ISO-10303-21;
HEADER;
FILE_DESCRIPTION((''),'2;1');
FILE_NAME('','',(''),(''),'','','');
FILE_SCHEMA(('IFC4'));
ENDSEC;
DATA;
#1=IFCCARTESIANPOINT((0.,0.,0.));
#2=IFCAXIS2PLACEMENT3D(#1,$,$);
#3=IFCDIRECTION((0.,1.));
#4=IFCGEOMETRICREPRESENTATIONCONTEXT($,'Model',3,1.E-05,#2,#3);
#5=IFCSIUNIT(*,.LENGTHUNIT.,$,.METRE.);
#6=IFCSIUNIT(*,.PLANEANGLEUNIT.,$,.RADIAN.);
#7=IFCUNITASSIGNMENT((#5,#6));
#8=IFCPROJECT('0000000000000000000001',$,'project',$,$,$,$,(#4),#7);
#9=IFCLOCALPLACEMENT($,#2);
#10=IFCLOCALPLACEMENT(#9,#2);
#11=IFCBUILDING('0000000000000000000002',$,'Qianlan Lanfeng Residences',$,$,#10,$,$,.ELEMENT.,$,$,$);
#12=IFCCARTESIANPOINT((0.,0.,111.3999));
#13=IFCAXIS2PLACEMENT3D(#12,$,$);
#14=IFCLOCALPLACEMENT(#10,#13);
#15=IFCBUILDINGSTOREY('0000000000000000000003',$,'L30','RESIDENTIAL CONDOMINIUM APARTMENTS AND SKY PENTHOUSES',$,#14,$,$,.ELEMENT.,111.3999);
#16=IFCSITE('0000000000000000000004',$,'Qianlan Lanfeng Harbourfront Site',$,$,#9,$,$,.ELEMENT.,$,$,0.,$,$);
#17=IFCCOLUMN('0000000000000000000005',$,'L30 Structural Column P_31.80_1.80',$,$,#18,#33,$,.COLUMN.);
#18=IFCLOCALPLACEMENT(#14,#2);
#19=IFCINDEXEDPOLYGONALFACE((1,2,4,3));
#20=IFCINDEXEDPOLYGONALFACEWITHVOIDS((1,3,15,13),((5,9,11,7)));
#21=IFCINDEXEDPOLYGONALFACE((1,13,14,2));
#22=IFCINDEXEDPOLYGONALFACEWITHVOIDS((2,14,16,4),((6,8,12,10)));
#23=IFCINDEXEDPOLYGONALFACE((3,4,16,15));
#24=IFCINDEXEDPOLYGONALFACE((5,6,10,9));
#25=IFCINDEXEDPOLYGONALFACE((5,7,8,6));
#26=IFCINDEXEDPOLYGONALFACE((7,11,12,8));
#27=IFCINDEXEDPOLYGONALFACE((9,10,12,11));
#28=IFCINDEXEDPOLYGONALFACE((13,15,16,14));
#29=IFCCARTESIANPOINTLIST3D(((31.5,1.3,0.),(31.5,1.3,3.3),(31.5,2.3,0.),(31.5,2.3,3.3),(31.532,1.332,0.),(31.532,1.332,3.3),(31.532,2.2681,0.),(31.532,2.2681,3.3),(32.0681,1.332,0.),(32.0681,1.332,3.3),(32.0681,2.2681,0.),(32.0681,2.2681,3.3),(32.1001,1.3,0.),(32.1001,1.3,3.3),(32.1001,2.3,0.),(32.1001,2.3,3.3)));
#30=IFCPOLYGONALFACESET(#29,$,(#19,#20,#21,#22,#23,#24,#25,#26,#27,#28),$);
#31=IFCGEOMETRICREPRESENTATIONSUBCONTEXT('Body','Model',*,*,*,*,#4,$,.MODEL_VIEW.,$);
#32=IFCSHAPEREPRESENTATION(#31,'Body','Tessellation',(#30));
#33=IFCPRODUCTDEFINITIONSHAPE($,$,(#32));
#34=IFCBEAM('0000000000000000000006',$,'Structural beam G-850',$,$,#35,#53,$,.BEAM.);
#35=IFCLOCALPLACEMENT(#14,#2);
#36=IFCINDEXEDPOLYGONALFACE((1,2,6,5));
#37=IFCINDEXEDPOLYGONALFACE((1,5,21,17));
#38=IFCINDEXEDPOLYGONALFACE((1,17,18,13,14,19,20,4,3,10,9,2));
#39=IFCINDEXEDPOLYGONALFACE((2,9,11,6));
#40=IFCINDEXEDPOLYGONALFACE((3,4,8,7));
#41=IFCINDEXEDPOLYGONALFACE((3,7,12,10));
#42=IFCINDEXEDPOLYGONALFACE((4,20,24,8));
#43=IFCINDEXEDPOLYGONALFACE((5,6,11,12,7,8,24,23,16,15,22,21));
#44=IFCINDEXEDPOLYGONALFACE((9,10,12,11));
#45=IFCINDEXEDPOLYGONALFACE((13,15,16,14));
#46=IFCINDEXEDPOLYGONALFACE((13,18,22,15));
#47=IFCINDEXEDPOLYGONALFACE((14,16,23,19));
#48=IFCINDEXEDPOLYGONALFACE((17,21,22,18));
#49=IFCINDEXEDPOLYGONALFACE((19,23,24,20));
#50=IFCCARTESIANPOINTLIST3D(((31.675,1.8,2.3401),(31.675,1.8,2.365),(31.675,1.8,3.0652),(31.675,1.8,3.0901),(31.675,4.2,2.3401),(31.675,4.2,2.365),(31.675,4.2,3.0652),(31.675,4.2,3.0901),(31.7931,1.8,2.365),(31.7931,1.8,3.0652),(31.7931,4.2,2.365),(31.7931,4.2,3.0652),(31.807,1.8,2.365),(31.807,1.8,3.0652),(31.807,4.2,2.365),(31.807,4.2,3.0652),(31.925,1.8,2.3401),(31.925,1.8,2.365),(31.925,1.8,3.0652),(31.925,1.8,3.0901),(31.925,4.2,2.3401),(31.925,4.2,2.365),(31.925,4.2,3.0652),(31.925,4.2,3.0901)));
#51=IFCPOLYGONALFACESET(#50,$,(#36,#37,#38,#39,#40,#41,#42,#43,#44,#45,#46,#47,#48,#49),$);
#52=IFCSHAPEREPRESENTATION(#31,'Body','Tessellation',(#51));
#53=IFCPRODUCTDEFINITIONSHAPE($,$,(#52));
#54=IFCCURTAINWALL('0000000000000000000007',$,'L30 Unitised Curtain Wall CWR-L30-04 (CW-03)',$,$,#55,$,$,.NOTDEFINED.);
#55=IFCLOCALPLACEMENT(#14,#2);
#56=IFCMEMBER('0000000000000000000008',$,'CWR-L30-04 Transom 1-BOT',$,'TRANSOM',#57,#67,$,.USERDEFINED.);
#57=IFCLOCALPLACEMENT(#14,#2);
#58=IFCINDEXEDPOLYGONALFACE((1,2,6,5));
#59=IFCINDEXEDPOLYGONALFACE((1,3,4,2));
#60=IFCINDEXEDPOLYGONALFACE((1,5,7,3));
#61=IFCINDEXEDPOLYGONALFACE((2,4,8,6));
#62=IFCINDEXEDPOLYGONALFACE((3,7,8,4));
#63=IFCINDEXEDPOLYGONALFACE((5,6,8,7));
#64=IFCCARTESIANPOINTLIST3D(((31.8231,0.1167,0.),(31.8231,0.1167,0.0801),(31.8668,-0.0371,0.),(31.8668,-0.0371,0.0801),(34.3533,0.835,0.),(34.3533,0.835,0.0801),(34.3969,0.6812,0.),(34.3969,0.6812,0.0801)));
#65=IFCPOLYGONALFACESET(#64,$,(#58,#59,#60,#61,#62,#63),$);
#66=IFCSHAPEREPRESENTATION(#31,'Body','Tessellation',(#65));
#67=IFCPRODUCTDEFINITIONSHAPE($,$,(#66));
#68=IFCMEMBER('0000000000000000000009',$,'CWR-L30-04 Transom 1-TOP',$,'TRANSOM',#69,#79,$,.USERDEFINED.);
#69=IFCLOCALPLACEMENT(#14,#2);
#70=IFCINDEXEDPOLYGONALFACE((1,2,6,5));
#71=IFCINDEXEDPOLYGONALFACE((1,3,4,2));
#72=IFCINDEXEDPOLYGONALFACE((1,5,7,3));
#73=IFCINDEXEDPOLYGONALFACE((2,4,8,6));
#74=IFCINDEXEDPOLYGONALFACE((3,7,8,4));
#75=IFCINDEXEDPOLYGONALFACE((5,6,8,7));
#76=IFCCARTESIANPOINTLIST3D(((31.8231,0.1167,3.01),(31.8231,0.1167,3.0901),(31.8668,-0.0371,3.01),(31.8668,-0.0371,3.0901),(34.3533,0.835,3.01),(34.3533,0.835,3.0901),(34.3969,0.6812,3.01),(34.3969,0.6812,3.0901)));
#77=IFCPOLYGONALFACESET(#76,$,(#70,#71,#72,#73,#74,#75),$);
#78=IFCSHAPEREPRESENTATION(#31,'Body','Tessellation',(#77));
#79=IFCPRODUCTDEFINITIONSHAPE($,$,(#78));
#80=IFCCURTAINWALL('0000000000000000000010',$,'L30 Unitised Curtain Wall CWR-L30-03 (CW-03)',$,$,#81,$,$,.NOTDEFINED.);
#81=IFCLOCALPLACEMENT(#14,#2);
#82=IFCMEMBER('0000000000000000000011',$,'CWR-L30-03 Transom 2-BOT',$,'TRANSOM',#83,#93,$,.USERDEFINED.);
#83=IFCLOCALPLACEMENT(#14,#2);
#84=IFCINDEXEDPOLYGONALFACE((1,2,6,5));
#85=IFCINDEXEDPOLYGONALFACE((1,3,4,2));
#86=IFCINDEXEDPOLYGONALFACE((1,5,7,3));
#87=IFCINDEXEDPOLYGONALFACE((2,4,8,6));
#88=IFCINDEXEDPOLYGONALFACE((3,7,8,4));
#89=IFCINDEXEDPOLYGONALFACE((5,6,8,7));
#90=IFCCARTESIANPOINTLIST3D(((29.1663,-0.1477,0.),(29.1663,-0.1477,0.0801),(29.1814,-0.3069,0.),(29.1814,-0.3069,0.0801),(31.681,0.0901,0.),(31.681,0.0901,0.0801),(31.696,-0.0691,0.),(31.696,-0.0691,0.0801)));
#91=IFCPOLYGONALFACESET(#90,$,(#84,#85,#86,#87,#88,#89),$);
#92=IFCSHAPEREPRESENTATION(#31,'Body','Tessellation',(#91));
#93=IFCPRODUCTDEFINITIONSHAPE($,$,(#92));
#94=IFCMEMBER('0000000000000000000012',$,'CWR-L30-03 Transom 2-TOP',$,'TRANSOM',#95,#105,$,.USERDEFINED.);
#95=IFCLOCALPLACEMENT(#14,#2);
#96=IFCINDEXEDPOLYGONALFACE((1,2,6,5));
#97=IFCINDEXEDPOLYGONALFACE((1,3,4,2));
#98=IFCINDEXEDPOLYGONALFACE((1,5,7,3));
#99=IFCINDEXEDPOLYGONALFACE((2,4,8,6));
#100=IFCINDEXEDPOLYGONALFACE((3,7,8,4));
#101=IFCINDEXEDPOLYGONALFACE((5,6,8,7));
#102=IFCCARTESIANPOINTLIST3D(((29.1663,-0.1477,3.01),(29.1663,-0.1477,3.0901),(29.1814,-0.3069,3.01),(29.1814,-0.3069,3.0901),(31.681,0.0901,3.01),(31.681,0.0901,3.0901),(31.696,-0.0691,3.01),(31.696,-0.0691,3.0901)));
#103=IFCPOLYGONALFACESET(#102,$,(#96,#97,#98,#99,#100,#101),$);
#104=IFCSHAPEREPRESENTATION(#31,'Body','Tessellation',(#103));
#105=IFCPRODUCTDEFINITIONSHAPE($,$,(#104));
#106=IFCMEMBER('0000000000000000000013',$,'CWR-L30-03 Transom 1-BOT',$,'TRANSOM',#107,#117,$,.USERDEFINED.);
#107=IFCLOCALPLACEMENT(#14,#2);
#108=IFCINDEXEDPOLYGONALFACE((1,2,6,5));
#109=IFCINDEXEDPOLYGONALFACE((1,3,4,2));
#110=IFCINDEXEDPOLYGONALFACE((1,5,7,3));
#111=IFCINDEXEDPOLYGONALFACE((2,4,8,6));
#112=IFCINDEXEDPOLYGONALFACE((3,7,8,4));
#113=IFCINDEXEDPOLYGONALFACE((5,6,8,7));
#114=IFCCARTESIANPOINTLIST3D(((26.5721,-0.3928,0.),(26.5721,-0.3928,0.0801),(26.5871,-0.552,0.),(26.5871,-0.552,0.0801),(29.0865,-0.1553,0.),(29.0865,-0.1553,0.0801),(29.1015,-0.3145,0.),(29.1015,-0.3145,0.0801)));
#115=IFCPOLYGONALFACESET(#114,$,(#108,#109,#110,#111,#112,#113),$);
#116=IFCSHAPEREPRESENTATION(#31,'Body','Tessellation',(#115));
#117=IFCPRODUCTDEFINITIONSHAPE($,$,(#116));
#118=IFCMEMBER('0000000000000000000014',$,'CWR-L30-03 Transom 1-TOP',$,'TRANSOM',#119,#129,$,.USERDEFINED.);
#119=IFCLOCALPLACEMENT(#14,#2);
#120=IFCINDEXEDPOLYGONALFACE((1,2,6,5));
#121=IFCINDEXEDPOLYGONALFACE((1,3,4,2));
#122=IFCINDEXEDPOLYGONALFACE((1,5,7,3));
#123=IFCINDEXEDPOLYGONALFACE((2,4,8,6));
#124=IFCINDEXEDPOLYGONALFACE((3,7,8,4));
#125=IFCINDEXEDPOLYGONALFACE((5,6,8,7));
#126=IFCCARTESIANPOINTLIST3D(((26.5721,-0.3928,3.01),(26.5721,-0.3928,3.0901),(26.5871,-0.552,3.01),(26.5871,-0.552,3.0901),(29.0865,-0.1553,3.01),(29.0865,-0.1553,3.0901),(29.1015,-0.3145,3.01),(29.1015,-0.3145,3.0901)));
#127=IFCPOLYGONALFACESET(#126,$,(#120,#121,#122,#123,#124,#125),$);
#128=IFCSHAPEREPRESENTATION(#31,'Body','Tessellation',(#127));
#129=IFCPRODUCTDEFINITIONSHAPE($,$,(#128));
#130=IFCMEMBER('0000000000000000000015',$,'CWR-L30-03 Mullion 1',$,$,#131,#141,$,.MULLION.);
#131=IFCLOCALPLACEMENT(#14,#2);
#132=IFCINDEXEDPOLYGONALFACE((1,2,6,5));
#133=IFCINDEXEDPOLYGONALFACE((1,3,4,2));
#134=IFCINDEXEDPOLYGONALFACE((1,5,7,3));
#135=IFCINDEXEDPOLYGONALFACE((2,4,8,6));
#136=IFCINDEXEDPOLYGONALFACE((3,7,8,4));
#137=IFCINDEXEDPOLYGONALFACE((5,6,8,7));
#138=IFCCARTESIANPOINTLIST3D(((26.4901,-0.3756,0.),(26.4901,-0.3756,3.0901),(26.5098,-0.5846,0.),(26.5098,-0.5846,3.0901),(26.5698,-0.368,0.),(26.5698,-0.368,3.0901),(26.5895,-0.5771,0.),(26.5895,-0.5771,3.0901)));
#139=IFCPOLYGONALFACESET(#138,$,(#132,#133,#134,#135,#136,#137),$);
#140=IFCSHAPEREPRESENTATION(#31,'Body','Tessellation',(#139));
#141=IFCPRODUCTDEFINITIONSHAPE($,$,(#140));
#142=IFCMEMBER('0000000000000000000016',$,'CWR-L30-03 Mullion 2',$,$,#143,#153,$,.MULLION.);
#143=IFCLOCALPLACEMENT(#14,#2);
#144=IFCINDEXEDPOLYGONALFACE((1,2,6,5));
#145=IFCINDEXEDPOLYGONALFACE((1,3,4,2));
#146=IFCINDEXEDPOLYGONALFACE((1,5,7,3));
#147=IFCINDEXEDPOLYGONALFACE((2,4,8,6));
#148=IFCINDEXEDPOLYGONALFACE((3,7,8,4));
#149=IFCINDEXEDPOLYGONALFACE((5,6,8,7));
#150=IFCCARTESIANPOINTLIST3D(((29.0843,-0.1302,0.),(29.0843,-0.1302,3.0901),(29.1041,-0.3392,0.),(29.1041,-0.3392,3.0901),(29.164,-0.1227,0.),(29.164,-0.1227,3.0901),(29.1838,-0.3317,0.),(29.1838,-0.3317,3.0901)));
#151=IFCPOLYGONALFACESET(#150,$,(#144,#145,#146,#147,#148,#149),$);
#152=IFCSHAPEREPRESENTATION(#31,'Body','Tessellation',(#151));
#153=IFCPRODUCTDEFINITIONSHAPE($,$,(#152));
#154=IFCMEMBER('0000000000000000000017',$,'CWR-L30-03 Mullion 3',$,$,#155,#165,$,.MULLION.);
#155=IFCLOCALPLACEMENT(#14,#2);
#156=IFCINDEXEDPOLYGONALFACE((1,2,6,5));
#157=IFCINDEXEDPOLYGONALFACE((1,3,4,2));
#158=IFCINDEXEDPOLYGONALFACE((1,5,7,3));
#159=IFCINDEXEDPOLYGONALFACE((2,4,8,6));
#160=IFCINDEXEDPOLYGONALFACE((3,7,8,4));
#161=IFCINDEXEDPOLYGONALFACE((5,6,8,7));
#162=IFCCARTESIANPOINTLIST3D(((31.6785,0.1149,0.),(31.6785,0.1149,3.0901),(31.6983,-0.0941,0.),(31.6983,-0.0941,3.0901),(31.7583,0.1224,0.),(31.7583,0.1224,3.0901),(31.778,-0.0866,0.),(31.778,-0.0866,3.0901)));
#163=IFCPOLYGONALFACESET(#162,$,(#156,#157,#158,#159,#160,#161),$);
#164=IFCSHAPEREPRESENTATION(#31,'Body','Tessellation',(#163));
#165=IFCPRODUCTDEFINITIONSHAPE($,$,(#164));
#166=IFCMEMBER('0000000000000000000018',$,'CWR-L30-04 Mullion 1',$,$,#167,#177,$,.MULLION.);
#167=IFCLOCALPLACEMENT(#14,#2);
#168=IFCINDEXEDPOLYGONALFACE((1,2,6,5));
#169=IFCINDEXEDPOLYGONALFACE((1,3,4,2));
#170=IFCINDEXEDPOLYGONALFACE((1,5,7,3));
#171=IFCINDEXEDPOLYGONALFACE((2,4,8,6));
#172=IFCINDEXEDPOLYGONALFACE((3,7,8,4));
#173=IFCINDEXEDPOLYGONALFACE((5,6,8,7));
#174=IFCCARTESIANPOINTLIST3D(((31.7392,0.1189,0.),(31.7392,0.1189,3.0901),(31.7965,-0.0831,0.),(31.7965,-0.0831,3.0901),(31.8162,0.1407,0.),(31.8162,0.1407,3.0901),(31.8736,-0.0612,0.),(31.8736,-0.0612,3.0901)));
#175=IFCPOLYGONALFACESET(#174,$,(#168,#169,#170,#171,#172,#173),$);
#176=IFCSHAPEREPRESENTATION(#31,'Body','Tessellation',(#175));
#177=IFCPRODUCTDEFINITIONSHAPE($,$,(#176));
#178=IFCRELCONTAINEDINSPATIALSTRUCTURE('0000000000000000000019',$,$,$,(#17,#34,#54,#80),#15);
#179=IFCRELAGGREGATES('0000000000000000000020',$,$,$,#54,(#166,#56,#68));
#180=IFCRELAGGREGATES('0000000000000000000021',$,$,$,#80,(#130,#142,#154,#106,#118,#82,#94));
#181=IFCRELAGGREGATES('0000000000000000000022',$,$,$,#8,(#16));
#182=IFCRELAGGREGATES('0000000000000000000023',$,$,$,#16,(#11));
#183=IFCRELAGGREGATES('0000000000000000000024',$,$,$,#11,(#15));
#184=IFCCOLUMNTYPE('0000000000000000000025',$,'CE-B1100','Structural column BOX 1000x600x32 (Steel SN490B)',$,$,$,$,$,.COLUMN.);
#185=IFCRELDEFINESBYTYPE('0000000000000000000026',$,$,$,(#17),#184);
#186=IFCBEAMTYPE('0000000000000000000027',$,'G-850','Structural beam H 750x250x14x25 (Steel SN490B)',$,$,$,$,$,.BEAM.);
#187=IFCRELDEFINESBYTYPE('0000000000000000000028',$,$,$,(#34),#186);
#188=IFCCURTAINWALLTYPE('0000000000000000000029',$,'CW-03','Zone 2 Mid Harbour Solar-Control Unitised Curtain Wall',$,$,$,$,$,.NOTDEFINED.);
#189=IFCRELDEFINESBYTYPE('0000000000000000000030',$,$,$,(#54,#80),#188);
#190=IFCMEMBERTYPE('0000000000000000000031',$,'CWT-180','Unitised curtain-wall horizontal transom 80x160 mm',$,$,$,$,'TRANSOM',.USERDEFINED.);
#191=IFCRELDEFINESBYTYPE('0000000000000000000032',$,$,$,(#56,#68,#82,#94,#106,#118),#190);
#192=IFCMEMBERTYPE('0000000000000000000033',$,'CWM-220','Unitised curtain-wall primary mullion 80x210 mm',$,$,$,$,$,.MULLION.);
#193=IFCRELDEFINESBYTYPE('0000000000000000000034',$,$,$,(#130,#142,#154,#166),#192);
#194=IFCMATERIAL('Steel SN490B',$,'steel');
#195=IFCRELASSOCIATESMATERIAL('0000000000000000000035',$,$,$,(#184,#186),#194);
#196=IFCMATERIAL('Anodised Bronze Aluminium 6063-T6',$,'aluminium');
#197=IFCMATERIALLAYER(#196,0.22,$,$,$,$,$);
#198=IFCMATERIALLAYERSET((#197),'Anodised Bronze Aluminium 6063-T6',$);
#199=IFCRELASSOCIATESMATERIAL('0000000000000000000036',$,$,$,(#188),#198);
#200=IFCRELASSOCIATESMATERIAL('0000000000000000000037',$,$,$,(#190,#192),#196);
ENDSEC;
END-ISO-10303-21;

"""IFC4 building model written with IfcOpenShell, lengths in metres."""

from ifc_helpers import new_model, si_unit, direction, frame, origin, origin_2d, place, context, subcontext, project, spatial, rectangle, hollow_rectangle, i_section, extrude, source, transform, mapped, material, layer, layer_set, material_profile, profile_set, type_object, element, aggregate, save


model = new_model("IFC4")

# Units and contexts
model_context = context("Model", 3, precision=1e-05, world=origin(), true_north=direction((0.0, 1.0)))
body_context = subcontext(model_context, "Body", "Model", "MODEL_VIEW")
ifc_project = project(units=[si_unit("LENGTHUNIT", "METRE"), si_unit("PLANEANGLEUNIT", "RADIAN")], contexts=[model_context])

# Site, building, storey
site_placement = place(None, origin())
site = spatial("IfcSite", under=ifc_project, at=site_placement, Name="Qianlan Lanfeng Harbourfront Site", CompositionType="ELEMENT", RefElevation=0.0)
building_placement = place(site_placement, origin())
building = spatial("IfcBuilding", under=site, at=building_placement, Name="Qianlan Lanfeng Residences", CompositionType="ELEMENT")
storey_placement = place(building_placement, frame((0.0, 0.0, 111.3999)))
storey = spatial("IfcBuildingStorey", under=building, at=storey_placement, Name="L30", Description="RESIDENTIAL CONDOMINIUM APARTMENTS AND SKY PENTHOUSES", CompositionType="ELEMENT", Elevation=111.3999)

# Column
ifc_material_1 = material(Name="Steel SN490B", Category="steel")
ifc_material_profile_1 = material_profile(ifc_material_1, hollow_rectangle(XDim=0.6001, YDim=1.0, WallThickness=0.032, at=origin_2d()), Name="BOX 1000x600x32")
ifc_profile_set_1 = profile_set([ifc_material_profile_1], Name="Steel SN490B")
column_type = type_object("IfcColumnType", Name="CE-B1100", Description="Structural column BOX 1000x600x32 (Steel SN490B)", PredefinedType="COLUMN", material=ifc_profile_set_1)
column_placement = place(storey_placement, frame((31.8, 1.8, 0.0), z_axis=(0.0, 0.0, 1.0), x_axis=(1.0, 0.0, 0.0)))
element("IfcColumn", 1, at=column_placement, inside=storey, type_object=column_type, Name="L30 Structural Column P_31.80_1.80", PredefinedType="COLUMN", context=body_context, shape_type="SweptSolid", body=[
    extrude(hollow_rectangle(XDim=0.6001, YDim=1.0, WallThickness=0.032, at=origin_2d()), origin(), (0.0, 0.0, 1.0), 3.3),
])

# Beam
ifc_material_profile_2 = material_profile(ifc_material_1, i_section(OverallWidth=0.25, OverallDepth=0.75, WebThickness=0.0139, FlangeThickness=0.0249, at=origin_2d()), Name="H 750x250x14x25")
ifc_profile_set_2 = profile_set([ifc_material_profile_2], Name="Steel SN490B")
beam_type = type_object("IfcBeamType", Name="G-850", Description="Structural beam H 750x250x14x25 (Steel SN490B)", PredefinedType="BEAM", material=ifc_profile_set_2)
beam_placement = place(storey_placement, frame((31.8, 1.8, 2.7151), z_axis=(0.0, 1.0, 0.0), x_axis=(-1.0, 0.0, 0.0)))
element("IfcBeam", 2, at=beam_placement, inside=storey, type_object=beam_type, Name="Structural beam G-850", PredefinedType="BEAM", context=body_context, shape_type="SweptSolid", body=[
    extrude(i_section(OverallWidth=0.25, OverallDepth=0.75, WebThickness=0.0139, FlangeThickness=0.0249, at=origin_2d()), origin(), (0.0, 0.0, 1.0), 2.3999),
])

# Curtain walls, members
ifc_material_2 = material(Name="Anodised Bronze Aluminium 6063-T6", Category="aluminium")
ifc_layer_1 = layer(ifc_material_2, 0.22)
ifc_layer_set_1 = layer_set([ifc_layer_1], Name="Anodised Bronze Aluminium 6063-T6")
curtain_wall_type = type_object("IfcCurtainWallType", Name="CW-03", Description="Zone 2 Mid Harbour Solar-Control Unitised Curtain Wall", PredefinedType="NOTDEFINED", material=ifc_layer_set_1)
curtain_wall_1_placement = place(storey_placement, origin())
curtain_wall_1 = element("IfcCurtainWall", 3, at=curtain_wall_1_placement, inside=storey, type_object=curtain_wall_type, Name="L30 Unitised Curtain Wall CWR-L30-04 (CW-03)", PredefinedType="NOTDEFINED")
ifc_material_profile_3 = material_profile(ifc_material_2, rectangle(XDim=0.0801, YDim=0.1599, at=origin_2d()), Name="ALU TRANSOM 80x160")
ifc_profile_set_3 = profile_set([ifc_material_profile_3], Name="Anodised Bronze Aluminium 6063-T6")
member_type_1 = type_object("IfcMemberType", Name="CWT-180", Description="Unitised curtain-wall horizontal transom 80x160 mm", ElementType="TRANSOM", PredefinedType="USERDEFINED", material=ifc_profile_set_3)
shared_shape_1 = source(origin(), body_context, "Body", "SweptSolid", [
    extrude(rectangle(XDim=0.0801, YDim=0.1599, at=origin_2d()), origin(), (0.0, 0.0, 1.0), 2.6301),
])
member_1_placement = place(storey_placement, frame((31.845, 0.0398, 0.04), z_axis=(0.961985, 0.273102, 0.0), x_axis=(0.0, 0.0, 1.0)))
member_1 = element("IfcMember", 4, at=member_1_placement, type_object=member_type_1, Name="CWR-L30-04 Transom 1-BOT", ObjectType="TRANSOM", PredefinedType="USERDEFINED", context=body_context, shape_type="MappedRepresentation", body=[
    mapped(shared_shape_1, transform((0.0, 0.0, 0.0), scale=1.0)),
])
member_2_placement = place(storey_placement, frame((31.845, 0.0398, 3.05), z_axis=(0.961985, 0.273102, 0.0), x_axis=(0.0, 0.0, 1.0)))
member_2 = element("IfcMember", 5, at=member_2_placement, type_object=member_type_1, Name="CWR-L30-04 Transom 1-TOP", ObjectType="TRANSOM", PredefinedType="USERDEFINED", context=body_context, shape_type="MappedRepresentation", body=[
    mapped(shared_shape_1, transform((0.0, 0.0, 0.0), scale=1.0)),
])
curtain_wall_2_placement = place(storey_placement, origin())
curtain_wall_2 = element("IfcCurtainWall", 6, at=curtain_wall_2_placement, inside=storey, type_object=curtain_wall_type, Name="L30 Unitised Curtain Wall CWR-L30-03 (CW-03)", PredefinedType="NOTDEFINED")
shared_shape_2 = source(origin(), body_context, "Body", "SweptSolid", [
    extrude(rectangle(XDim=0.0801, YDim=0.1599, at=origin_2d()), origin(), (0.0, 0.0, 1.0), 2.5259),
])
member_3_placement = place(storey_placement, frame((29.1738, -0.2273, 0.04), z_axis=(0.995559, 0.094143, 0.0), x_axis=(0.0, 0.0, 1.0)))
member_3 = element("IfcMember", 7, at=member_3_placement, type_object=member_type_1, Name="CWR-L30-03 Transom 2-BOT", ObjectType="TRANSOM", PredefinedType="USERDEFINED", context=body_context, shape_type="MappedRepresentation", body=[
    mapped(shared_shape_2, transform((0.0, 0.0, 0.0), scale=1.0)),
])
member_4_placement = place(storey_placement, frame((29.1738, -0.2273, 3.05), z_axis=(0.995559, 0.094143, 0.0), x_axis=(0.0, 0.0, 1.0)))
member_4 = element("IfcMember", 8, at=member_4_placement, type_object=member_type_1, Name="CWR-L30-03 Transom 2-TOP", ObjectType="TRANSOM", PredefinedType="USERDEFINED", context=body_context, shape_type="MappedRepresentation", body=[
    mapped(shared_shape_2, transform((0.0, 0.0, 0.0), scale=1.0)),
])
shared_shape_3 = source(origin(), body_context, "Body", "SweptSolid", [
    extrude(rectangle(XDim=0.0801, YDim=0.1599, at=origin_2d()), origin(), (0.0, 0.0, 1.0), 2.5256),
])
member_5_placement = place(storey_placement, frame((26.5796, -0.4724, 0.04), z_axis=(0.995567, 0.094056, 0.0), x_axis=(0.0, 0.0, 1.0)))
member_5 = element("IfcMember", 9, at=member_5_placement, type_object=member_type_1, Name="CWR-L30-03 Transom 1-BOT", ObjectType="TRANSOM", PredefinedType="USERDEFINED", context=body_context, shape_type="MappedRepresentation", body=[
    mapped(shared_shape_3, transform((0.0, 0.0, 0.0), scale=1.0)),
])
member_6_placement = place(storey_placement, frame((26.5796, -0.4724, 3.05), z_axis=(0.995567, 0.094056, 0.0), x_axis=(0.0, 0.0, 1.0)))
member_6 = element("IfcMember", 10, at=member_6_placement, type_object=member_type_1, Name="CWR-L30-03 Transom 1-TOP", ObjectType="TRANSOM", PredefinedType="USERDEFINED", context=body_context, shape_type="MappedRepresentation", body=[
    mapped(shared_shape_3, transform((0.0, 0.0, 0.0), scale=1.0)),
])
ifc_material_profile_4 = material_profile(ifc_material_2, rectangle(XDim=0.0801, YDim=0.21, at=origin_2d()), Name="ALU MULLION 80x210")
ifc_profile_set_4 = profile_set([ifc_material_profile_4], Name="Anodised Bronze Aluminium 6063-T6")
member_type_2 = type_object("IfcMemberType", Name="CWM-220", Description="Unitised curtain-wall primary mullion 80x210 mm", PredefinedType="MULLION", material=ifc_profile_set_4)
shared_shape_4 = source(origin(), body_context, "Body", "SweptSolid", [
    extrude(rectangle(XDim=0.0801, YDim=0.21, at=origin_2d()), origin(), (0.0, 0.0, 1.0), 3.0901),
])
member_7_placement = place(storey_placement, frame((26.5398, -0.4763, 0.0), z_axis=(0.0, 0.0, 1.0), x_axis=(0.995561, 0.094114, 0.0)))
member_7 = element("IfcMember", 11, at=member_7_placement, type_object=member_type_2, Name="CWR-L30-03 Mullion 1", PredefinedType="MULLION", context=body_context, shape_type="MappedRepresentation", body=[
    mapped(shared_shape_4, transform((0.0, 0.0, 0.0), scale=1.0)),
])
member_8_placement = place(storey_placement, frame((29.134, -0.231, 0.0), z_axis=(0.0, 0.0, 1.0), x_axis=(0.995561, 0.094114, 0.0)))
member_8 = element("IfcMember", 12, at=member_8_placement, type_object=member_type_2, Name="CWR-L30-03 Mullion 2", PredefinedType="MULLION", context=body_context, shape_type="MappedRepresentation", body=[
    mapped(shared_shape_4, transform((0.0, 0.0, 0.0), scale=1.0)),
])
member_9_placement = place(storey_placement, frame((31.7283, 0.0142, 0.0), z_axis=(0.0, 0.0, 1.0), x_axis=(0.995561, 0.094114, 0.0)))
member_9 = element("IfcMember", 13, at=member_9_placement, type_object=member_type_2, Name="CWR-L30-03 Mullion 3", PredefinedType="MULLION", context=body_context, shape_type="MappedRepresentation", body=[
    mapped(shared_shape_4, transform((0.0, 0.0, 0.0), scale=1.0)),
])

# Member
member_10_placement = place(storey_placement, frame((31.8064, 0.0288, 0.0), z_axis=(0.0, 0.0, 1.0), x_axis=(0.961989, 0.273088, 0.0)))
member_10 = element("IfcMember", 14, at=member_10_placement, type_object=member_type_2, Name="CWR-L30-04 Mullion 1", PredefinedType="MULLION", context=body_context, shape_type="MappedRepresentation", body=[
    mapped(shared_shape_4, transform((0.0, 0.0, 0.0), scale=1.0)),
])

aggregate(curtain_wall_1, [member_10, member_1, member_2])
aggregate(curtain_wall_2, [member_7, member_8, member_9, member_5, member_6, member_3, member_4])

save(model, "model.ifc")
